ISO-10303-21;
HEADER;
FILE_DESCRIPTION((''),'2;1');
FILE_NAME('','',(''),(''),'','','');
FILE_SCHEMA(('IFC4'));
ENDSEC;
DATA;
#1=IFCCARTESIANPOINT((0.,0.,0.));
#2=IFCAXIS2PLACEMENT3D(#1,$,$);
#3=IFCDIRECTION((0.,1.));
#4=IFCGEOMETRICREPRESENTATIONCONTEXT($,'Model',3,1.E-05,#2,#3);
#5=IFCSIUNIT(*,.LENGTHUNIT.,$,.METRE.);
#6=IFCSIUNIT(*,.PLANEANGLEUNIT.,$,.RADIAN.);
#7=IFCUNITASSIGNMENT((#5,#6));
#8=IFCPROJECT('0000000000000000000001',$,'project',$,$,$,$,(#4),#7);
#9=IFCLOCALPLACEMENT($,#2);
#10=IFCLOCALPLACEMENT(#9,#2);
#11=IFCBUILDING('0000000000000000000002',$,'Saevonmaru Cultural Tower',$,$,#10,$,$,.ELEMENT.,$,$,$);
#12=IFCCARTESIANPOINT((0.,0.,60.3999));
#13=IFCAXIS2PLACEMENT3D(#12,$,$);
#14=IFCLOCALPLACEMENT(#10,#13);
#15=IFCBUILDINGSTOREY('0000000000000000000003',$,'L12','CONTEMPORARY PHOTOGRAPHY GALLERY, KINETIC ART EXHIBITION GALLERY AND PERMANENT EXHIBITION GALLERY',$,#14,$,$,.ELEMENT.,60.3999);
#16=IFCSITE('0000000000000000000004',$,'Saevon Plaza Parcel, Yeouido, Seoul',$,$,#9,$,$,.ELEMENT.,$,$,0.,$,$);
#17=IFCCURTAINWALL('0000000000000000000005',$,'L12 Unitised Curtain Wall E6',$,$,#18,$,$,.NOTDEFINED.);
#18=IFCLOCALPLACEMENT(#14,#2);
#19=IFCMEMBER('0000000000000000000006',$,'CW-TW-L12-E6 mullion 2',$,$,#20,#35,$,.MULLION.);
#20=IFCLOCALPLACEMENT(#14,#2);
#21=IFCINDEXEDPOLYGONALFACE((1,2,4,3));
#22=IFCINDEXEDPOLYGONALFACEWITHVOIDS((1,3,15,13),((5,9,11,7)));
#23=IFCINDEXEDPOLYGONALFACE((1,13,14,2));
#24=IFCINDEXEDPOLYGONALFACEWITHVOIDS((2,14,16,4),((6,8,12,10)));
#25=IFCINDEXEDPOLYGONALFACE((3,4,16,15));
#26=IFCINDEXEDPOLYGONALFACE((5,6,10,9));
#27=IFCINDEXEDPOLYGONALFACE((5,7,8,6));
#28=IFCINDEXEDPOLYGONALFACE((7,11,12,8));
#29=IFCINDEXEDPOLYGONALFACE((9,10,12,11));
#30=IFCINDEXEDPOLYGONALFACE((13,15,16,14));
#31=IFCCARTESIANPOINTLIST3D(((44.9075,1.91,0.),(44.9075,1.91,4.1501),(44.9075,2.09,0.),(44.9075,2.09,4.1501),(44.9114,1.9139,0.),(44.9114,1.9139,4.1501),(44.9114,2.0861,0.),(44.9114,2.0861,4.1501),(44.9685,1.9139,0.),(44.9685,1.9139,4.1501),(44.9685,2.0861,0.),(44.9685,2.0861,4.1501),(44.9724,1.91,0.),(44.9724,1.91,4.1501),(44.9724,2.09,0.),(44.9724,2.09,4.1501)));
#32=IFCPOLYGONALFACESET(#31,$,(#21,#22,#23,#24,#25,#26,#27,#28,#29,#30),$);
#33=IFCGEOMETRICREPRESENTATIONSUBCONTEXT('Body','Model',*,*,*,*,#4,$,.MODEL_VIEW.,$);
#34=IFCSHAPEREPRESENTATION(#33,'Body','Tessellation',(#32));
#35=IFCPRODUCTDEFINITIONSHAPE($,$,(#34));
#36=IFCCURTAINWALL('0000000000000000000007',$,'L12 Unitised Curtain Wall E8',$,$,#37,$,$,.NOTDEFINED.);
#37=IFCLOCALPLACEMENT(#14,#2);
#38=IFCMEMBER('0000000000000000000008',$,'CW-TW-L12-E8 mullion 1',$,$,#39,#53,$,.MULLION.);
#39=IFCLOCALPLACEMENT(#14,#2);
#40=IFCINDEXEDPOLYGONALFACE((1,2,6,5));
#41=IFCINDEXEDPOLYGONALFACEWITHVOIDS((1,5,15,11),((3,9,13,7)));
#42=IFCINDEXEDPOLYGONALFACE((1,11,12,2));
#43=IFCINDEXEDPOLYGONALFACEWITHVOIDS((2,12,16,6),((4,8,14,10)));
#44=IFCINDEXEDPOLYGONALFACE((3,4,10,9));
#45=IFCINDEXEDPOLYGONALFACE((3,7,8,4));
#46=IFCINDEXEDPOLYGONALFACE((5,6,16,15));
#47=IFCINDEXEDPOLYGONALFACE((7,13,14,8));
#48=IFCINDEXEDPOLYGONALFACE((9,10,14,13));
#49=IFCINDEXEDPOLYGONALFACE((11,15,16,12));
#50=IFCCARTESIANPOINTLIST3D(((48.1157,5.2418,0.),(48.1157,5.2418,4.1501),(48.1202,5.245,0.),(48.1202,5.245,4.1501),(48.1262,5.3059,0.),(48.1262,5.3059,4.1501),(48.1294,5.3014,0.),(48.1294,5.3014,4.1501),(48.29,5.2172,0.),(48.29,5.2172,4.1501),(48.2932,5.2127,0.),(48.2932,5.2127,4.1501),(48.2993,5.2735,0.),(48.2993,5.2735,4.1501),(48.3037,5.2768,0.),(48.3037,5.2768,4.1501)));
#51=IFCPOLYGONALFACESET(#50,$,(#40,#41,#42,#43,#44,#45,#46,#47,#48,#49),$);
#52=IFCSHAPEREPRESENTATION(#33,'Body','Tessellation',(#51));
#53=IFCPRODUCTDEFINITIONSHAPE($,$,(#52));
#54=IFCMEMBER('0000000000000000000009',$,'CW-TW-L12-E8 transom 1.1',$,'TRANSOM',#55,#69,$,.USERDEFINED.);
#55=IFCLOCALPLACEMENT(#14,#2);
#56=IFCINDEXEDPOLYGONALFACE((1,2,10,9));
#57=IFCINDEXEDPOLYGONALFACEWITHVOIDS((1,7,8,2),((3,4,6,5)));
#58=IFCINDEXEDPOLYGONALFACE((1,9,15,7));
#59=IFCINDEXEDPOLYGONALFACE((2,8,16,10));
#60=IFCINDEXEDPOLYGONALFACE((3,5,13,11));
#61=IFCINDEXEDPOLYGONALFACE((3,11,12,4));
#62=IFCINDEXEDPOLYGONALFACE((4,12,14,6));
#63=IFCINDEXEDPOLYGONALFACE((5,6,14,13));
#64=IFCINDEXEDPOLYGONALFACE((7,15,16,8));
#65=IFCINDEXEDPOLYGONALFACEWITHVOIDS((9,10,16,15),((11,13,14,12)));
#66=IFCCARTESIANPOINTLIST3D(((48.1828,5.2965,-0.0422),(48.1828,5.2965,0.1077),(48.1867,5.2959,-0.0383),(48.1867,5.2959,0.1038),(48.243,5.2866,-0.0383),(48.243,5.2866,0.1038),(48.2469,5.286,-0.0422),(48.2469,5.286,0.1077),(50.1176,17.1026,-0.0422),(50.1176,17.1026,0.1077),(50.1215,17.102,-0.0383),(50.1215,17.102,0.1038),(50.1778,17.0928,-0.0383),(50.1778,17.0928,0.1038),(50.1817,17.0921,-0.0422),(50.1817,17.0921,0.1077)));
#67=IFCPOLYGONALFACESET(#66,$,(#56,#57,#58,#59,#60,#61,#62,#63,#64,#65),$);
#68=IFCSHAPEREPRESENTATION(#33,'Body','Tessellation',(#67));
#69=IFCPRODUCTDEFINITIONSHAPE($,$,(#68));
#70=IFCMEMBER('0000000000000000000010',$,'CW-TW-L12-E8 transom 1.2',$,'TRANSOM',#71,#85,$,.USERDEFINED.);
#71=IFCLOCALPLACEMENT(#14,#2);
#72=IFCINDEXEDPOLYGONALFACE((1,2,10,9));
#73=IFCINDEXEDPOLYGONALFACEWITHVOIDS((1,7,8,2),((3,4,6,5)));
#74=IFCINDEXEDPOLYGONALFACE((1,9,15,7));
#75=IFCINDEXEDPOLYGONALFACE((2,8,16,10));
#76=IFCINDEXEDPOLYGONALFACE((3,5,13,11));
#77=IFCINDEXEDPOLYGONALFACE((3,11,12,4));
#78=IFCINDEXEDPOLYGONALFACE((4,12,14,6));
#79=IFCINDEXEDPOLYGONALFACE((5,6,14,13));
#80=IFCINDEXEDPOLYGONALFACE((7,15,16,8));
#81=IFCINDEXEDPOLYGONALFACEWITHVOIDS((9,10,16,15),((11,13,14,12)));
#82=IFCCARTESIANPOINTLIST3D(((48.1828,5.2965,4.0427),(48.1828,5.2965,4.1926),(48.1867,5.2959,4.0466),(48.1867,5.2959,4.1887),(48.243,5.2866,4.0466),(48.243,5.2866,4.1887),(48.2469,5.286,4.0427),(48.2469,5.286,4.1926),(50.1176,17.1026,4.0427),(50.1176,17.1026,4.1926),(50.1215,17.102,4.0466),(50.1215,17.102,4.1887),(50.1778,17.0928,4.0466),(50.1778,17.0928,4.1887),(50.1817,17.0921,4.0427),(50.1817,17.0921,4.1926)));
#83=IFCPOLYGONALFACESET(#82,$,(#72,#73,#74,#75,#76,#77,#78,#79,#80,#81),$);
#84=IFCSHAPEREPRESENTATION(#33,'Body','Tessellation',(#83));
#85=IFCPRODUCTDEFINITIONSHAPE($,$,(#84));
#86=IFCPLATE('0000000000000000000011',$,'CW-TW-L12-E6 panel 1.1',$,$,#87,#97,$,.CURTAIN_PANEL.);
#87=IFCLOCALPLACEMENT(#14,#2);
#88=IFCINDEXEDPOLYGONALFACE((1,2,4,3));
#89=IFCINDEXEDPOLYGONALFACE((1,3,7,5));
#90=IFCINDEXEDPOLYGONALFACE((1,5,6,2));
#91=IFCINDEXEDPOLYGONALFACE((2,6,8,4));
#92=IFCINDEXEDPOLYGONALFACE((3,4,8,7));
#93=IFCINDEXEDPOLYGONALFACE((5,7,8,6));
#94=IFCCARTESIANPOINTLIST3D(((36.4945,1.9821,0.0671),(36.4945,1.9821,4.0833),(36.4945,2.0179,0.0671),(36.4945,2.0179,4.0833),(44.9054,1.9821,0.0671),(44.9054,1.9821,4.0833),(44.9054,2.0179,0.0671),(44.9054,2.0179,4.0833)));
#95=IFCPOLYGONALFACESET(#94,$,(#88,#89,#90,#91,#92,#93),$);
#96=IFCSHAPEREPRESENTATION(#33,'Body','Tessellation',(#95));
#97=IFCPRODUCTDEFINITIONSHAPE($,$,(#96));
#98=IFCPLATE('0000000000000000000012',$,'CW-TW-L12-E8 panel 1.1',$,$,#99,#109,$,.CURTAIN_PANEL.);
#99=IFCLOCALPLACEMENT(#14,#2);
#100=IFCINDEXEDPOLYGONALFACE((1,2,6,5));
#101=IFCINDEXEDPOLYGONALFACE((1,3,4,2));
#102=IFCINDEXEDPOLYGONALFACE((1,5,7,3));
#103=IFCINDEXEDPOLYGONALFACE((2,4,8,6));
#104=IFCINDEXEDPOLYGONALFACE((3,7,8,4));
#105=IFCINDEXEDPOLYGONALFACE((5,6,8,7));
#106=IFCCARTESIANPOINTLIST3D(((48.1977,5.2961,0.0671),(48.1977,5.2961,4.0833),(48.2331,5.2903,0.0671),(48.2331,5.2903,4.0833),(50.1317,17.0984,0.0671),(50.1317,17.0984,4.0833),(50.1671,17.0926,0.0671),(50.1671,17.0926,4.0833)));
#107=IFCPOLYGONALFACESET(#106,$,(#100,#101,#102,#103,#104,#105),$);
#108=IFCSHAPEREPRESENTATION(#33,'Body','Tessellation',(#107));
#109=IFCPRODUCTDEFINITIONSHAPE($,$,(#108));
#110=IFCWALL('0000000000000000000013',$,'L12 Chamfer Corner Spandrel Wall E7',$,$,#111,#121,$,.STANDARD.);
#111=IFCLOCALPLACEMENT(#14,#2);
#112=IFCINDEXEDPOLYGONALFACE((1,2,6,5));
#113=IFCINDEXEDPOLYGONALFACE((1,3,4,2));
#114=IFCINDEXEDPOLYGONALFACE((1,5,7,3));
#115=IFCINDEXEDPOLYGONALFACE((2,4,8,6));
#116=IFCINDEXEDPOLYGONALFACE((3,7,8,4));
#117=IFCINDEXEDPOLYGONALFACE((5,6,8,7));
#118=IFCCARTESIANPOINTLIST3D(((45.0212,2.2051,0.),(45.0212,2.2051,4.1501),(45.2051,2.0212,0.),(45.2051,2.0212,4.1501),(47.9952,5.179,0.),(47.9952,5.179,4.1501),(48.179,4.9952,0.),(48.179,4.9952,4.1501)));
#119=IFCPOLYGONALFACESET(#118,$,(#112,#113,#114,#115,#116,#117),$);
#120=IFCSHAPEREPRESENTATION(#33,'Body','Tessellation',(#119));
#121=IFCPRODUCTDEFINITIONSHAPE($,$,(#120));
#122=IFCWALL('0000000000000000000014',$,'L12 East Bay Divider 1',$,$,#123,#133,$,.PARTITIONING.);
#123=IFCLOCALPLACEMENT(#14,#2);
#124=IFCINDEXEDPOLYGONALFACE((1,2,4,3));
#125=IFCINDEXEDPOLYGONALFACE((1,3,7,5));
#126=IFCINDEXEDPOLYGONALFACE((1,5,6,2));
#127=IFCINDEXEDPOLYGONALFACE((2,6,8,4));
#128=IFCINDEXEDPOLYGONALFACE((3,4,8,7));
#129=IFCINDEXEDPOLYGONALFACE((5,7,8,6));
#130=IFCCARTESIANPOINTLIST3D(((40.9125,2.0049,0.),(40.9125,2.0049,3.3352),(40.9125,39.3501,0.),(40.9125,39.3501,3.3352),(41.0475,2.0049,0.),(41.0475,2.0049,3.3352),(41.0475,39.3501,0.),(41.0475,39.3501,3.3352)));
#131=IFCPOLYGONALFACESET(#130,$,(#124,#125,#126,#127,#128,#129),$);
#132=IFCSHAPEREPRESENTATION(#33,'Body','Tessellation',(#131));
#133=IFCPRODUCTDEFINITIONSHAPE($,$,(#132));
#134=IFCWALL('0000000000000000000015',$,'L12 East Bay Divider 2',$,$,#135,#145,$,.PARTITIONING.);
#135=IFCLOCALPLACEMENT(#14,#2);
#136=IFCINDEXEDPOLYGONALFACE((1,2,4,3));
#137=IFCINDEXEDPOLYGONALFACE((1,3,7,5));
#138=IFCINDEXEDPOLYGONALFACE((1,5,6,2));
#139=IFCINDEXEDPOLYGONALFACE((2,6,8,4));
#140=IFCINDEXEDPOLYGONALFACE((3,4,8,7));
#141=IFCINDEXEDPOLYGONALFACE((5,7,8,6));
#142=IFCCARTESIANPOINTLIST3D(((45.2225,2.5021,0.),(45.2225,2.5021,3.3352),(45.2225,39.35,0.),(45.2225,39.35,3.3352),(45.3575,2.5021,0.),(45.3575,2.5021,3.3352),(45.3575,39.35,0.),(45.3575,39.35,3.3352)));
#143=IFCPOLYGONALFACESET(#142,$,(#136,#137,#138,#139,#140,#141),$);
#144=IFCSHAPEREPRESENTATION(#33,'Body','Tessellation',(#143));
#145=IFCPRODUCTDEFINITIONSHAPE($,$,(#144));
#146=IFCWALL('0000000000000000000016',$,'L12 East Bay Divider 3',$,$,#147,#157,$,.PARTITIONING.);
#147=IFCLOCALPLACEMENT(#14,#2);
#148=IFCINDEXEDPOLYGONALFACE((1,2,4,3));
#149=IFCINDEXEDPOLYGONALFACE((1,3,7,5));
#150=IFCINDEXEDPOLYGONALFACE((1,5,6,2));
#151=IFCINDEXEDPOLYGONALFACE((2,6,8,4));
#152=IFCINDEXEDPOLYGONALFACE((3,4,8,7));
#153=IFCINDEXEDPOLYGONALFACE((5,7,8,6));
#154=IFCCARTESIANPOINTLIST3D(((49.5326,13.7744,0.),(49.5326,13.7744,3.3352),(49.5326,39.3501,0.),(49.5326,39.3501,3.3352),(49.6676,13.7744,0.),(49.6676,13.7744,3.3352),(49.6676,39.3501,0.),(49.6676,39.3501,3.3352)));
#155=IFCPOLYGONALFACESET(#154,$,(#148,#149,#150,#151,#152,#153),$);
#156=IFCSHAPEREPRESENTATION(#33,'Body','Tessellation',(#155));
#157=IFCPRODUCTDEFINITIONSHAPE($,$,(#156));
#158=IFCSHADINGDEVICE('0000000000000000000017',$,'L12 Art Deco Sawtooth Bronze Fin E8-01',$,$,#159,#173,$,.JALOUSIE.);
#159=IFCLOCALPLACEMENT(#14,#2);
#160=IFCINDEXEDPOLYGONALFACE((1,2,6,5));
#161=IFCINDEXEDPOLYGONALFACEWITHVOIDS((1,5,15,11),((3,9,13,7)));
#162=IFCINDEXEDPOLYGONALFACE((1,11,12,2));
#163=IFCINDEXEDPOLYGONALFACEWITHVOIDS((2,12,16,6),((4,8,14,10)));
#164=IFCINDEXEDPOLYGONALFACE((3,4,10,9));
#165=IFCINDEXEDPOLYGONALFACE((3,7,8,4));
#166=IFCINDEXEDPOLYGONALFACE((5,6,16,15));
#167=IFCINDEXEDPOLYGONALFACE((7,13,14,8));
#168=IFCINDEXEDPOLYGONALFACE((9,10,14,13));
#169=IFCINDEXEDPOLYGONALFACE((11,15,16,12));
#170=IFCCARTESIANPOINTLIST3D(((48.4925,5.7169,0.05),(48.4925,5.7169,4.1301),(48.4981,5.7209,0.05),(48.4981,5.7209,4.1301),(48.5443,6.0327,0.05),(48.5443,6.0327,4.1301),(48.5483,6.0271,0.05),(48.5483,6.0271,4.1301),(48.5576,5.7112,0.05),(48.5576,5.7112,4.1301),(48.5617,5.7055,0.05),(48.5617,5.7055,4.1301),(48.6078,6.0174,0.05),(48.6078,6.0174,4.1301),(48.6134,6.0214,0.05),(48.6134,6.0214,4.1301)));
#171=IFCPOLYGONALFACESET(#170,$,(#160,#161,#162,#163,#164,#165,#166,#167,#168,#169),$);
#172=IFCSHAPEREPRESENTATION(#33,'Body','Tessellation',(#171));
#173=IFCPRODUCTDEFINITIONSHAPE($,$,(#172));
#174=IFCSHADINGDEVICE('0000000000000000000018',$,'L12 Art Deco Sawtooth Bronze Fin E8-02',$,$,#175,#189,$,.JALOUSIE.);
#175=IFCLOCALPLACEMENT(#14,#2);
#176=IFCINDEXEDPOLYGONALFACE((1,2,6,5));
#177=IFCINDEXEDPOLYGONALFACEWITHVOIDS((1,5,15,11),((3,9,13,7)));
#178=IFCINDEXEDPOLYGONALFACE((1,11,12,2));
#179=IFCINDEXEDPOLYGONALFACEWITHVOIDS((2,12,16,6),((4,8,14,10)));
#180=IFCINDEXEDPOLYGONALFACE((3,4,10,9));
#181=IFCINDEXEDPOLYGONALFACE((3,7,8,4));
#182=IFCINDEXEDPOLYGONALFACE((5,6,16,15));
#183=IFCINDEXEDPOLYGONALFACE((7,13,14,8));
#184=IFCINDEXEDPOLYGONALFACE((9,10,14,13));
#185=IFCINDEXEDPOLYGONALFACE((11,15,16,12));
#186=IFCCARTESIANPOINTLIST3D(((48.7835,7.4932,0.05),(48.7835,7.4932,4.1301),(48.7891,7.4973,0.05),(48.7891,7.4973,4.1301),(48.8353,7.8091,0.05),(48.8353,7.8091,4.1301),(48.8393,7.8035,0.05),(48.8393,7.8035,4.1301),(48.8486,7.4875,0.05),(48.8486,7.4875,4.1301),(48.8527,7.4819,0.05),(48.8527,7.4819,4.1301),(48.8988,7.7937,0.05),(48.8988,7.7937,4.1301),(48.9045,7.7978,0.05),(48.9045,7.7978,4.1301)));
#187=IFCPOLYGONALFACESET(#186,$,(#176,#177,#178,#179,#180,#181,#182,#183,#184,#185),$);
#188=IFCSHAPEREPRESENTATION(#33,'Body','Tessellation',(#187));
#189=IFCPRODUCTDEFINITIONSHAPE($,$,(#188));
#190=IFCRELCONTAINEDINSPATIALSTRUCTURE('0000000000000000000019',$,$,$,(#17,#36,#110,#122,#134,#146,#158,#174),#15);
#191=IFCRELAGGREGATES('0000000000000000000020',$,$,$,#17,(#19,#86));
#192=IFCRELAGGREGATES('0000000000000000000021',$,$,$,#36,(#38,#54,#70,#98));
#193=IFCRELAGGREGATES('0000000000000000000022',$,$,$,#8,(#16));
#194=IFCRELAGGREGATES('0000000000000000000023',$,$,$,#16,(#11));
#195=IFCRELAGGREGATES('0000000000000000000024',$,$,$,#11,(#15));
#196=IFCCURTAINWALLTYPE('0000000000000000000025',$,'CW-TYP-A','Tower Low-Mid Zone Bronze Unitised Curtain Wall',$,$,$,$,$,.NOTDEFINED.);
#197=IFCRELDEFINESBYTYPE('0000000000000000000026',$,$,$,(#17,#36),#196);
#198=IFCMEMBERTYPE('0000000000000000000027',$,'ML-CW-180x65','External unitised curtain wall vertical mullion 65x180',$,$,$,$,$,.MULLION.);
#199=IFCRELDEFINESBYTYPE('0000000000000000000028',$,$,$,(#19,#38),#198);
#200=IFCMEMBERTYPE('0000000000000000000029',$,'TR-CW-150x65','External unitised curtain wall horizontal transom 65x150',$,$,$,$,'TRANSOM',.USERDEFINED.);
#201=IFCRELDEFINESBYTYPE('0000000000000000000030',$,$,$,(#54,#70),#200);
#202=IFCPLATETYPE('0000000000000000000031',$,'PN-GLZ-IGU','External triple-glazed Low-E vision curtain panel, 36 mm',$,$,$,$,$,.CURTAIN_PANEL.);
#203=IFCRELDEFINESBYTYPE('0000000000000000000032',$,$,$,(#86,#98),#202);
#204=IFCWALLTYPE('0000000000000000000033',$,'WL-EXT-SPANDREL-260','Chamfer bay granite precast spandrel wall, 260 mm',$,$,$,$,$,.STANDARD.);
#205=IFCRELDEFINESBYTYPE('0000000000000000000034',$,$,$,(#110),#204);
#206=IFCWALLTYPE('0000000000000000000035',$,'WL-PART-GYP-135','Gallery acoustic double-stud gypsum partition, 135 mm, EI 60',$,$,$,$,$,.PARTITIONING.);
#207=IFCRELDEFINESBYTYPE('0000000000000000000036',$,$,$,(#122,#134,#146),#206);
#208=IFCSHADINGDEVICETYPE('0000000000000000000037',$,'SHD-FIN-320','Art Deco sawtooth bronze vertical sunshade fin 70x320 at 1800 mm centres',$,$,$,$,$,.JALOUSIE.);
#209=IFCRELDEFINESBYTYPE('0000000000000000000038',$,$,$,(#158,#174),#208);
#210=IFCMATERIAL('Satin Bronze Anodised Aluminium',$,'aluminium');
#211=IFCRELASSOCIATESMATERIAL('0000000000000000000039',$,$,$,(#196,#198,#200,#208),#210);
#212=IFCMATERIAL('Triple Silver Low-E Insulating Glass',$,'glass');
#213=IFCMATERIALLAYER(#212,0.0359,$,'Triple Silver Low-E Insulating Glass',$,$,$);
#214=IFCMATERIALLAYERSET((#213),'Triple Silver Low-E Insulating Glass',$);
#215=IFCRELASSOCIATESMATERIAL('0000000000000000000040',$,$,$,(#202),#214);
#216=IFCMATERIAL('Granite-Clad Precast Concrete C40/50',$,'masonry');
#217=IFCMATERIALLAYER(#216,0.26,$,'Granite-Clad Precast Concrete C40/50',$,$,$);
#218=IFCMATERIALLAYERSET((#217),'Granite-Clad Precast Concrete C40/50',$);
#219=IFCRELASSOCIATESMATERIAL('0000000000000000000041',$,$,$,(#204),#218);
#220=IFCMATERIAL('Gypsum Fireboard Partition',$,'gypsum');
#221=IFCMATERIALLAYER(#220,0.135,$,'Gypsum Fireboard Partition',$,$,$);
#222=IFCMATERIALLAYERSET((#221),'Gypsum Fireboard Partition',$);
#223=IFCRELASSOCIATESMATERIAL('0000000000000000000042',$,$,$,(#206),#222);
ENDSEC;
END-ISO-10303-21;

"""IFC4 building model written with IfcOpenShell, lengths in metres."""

from ifc_helpers import new_model, si_unit, direction, frame, frame_2d, origin, origin_2d, place, context, subcontext, project, spatial, rectangle, hollow_rectangle, extrude, material, layer, layer_set, material_profile, profile_set, type_object, element, aggregate, save


model = new_model("IFC4")

# Units and contexts
model_context = context("Model", 3, precision=1e-05, world=origin(), true_north=direction((0.0, 1.0)))
body_context = subcontext(model_context, "Body", "Model", "MODEL_VIEW")
ifc_project = project(units=[si_unit("LENGTHUNIT", "METRE"), si_unit("PLANEANGLEUNIT", "RADIAN")], contexts=[model_context])

# Site, building, storey
site_placement = place(None, origin())
site = spatial("IfcSite", under=ifc_project, at=site_placement, Name="Saevon Plaza Parcel, Yeouido, Seoul", CompositionType="ELEMENT", RefElevation=0.0)
building_placement = place(site_placement, origin())
building = spatial("IfcBuilding", under=site, at=building_placement, Name="Saevonmaru Cultural Tower", CompositionType="ELEMENT")
storey_placement = place(building_placement, frame((0.0, 0.0, 60.3999)))
storey = spatial("IfcBuildingStorey", under=building, at=storey_placement, Name="L12", Description="CONTEMPORARY PHOTOGRAPHY GALLERY, KINETIC ART EXHIBITION GALLERY AND PERMANENT EXHIBITION GALLERY", CompositionType="ELEMENT", Elevation=60.3999)

# Curtain wall, member
ifc_material_1 = material(Name="Satin Bronze Anodised Aluminium", Category="aluminium")
curtain_wall_type = type_object("IfcCurtainWallType", Name="CW-TYP-A", Description="Tower Low-Mid Zone Bronze Unitised Curtain Wall", PredefinedType="NOTDEFINED", material=ifc_material_1)
curtain_wall_1_placement = place(storey_placement, origin())
curtain_wall_1 = element("IfcCurtainWall", 1, at=curtain_wall_1_placement, inside=storey, type_object=curtain_wall_type, Name="L12 Unitised Curtain Wall E6", PredefinedType="NOTDEFINED")
ifc_material_profile_1 = material_profile(ifc_material_1, hollow_rectangle(XDim=0.0649, YDim=0.1799, WallThickness=0.0039, at=origin_2d()), Name="ALU-MULL-180x65x4")
ifc_profile_set_1 = profile_set([ifc_material_profile_1], Name="Satin Bronze Anodised Aluminium")
member_type_1 = type_object("IfcMemberType", Name="ML-CW-180x65", Description="External unitised curtain wall vertical mullion 65x180", PredefinedType="MULLION", material=ifc_profile_set_1)
member_1_placement = place(storey_placement, frame((44.9399, 2.0, 0.0), z_axis=(0.0, 0.0, 1.0), x_axis=(1.0, 0.0, 0.0)))
member_1 = element("IfcMember", 2, at=member_1_placement, type_object=member_type_1, Name="CW-TW-L12-E6 mullion 2", PredefinedType="MULLION", context=body_context, shape_type="SweptSolid", body=[
    extrude(hollow_rectangle(XDim=0.0649, YDim=0.1799, WallThickness=0.0039, at=origin_2d()), origin(), (0.0, 0.0, 1.0), 4.1501),
])

# Curtain wall, members
curtain_wall_2_placement = place(storey_placement, origin())
curtain_wall_2 = element("IfcCurtainWall", 3, at=curtain_wall_2_placement, inside=storey, type_object=curtain_wall_type, Name="L12 Unitised Curtain Wall E8", PredefinedType="NOTDEFINED")
member_2_placement = place(storey_placement, frame((48.2097, 5.2593, 0.0), z_axis=(0.0, 0.0, 1.0), x_axis=(0.161709, 0.986839, 0.0)))
member_2 = element("IfcMember", 4, at=member_2_placement, type_object=member_type_1, Name="CW-TW-L12-E8 mullion 1", PredefinedType="MULLION", context=body_context, shape_type="SweptSolid", body=[
    extrude(hollow_rectangle(XDim=0.0649, YDim=0.1799, WallThickness=0.0039, at=origin_2d()), origin(), (0.0, 0.0, 1.0), 4.1501),
])
ifc_material_profile_2 = material_profile(ifc_material_1, hollow_rectangle(XDim=0.0649, YDim=0.1499, WallThickness=0.0039, at=origin_2d()), Name="ALU-TRAN-150x65x4")
ifc_profile_set_2 = profile_set([ifc_material_profile_2], Name="Satin Bronze Anodised Aluminium")
member_type_2 = type_object("IfcMemberType", Name="TR-CW-150x65", Description="External unitised curtain wall horizontal transom 65x150", ElementType="TRANSOM", PredefinedType="USERDEFINED", material=ifc_profile_set_2)
member_3_placement = place(storey_placement, frame((48.2148, 5.2913, 0.0327), z_axis=(0.161725, 0.986836, 0.0), x_axis=(-0.986836, 0.161725, 0.0)))
member_3 = element("IfcMember", 5, at=member_3_placement, type_object=member_type_2, Name="CW-TW-L12-E8 transom 1.1", ObjectType="TRANSOM", PredefinedType="USERDEFINED", context=body_context, shape_type="SweptSolid", body=[
    extrude(hollow_rectangle(XDim=0.0649, YDim=0.1499, WallThickness=0.0039, at=origin_2d()), origin(), (0.0, 0.0, 1.0), 11.9636),
])
member_4_placement = place(storey_placement, frame((48.2148, 5.2913, 4.1177), z_axis=(0.161725, 0.986836, 0.0), x_axis=(-0.986836, 0.161725, 0.0)))
member_4 = element("IfcMember", 6, at=member_4_placement, type_object=member_type_2, Name="CW-TW-L12-E8 transom 1.2", ObjectType="TRANSOM", PredefinedType="USERDEFINED", context=body_context, shape_type="SweptSolid", body=[
    extrude(hollow_rectangle(XDim=0.0649, YDim=0.1499, WallThickness=0.0039, at=origin_2d()), origin(), (0.0, 0.0, 1.0), 11.9636),
])

# Plates
ifc_material_2 = material(Name="Triple Silver Low-E Insulating Glass", Category="glass")
ifc_layer_1 = layer(ifc_material_2, 0.0359, Name="Triple Silver Low-E Insulating Glass")
ifc_layer_set_1 = layer_set([ifc_layer_1], Name="Triple Silver Low-E Insulating Glass")
plate_type = type_object("IfcPlateType", Name="PN-GLZ-IGU", Description="External triple-glazed Low-E vision curtain panel, 36 mm", PredefinedType="CURTAIN_PANEL", material=ifc_layer_set_1)
plate_1_placement = place(storey_placement, frame((40.7, 2.0, 0.0671), z_axis=(0.0, 0.0, 1.0), x_axis=(1.0, 0.0, 0.0)))
plate_1 = element("IfcPlate", 7, at=plate_1_placement, type_object=plate_type, Name="CW-TW-L12-E6 panel 1.1", PredefinedType="CURTAIN_PANEL", context=body_context, shape_type="SweptSolid", body=[
    extrude(rectangle(XDim=8.4109, YDim=0.0359, at=origin_2d()), origin(), (0.0, 0.0, 1.0), 4.0161),
])
aggregate(curtain_wall_1, [member_1, plate_1])
plate_2_placement = place(storey_placement, frame((49.1824, 11.1943, 0.0671), z_axis=(0.0, 0.0, 1.0), x_axis=(0.161709, 0.986839, 0.0)))
plate_2 = element("IfcPlate", 8, at=plate_2_placement, type_object=plate_type, Name="CW-TW-L12-E8 panel 1.1", PredefinedType="CURTAIN_PANEL", context=body_context, shape_type="SweptSolid", body=[
    extrude(rectangle(XDim=11.9597, YDim=0.0359, at=origin_2d()), origin(), (0.0, 0.0, 1.0), 4.0161),
])
aggregate(curtain_wall_2, [member_2, member_3, member_4, plate_2])

# Walls
ifc_material_3 = material(Name="Granite-Clad Precast Concrete C40/50", Category="masonry")
ifc_layer_2 = layer(ifc_material_3, 0.26, Name="Granite-Clad Precast Concrete C40/50")
ifc_layer_set_2 = layer_set([ifc_layer_2], Name="Granite-Clad Precast Concrete C40/50")
wall_type_1 = type_object("IfcWallType", Name="WL-EXT-SPANDREL-260", Description="Chamfer bay granite precast spandrel wall, 260 mm", PredefinedType="STANDARD", material=ifc_layer_set_2)
wall_1_placement = place(storey_placement, frame((45.113, 2.113, 0.0), z_axis=(0.0, 0.0, 1.0), x_axis=(0.707107, 0.707107, 0.0)))
element("IfcWall", 9, at=wall_1_placement, inside=storey, type_object=wall_type_1, Name="L12 Chamfer Corner Spandrel Wall E7", PredefinedType="STANDARD", context=body_context, shape_type="SweptSolid", body=[
    extrude(rectangle(XDim=4.2058, YDim=0.26, at=frame_2d((2.103, 0.0))), origin(), (0.0, 0.0, 1.0), 4.1501),
])
ifc_material_4 = material(Name="Gypsum Fireboard Partition", Category="gypsum")
ifc_layer_3 = layer(ifc_material_4, 0.135, Name="Gypsum Fireboard Partition")
ifc_layer_set_3 = layer_set([ifc_layer_3], Name="Gypsum Fireboard Partition")
wall_type_2 = type_object("IfcWallType", Name="WL-PART-GYP-135", Description="Gallery acoustic double-stud gypsum partition, 135 mm, EI 60", PredefinedType="PARTITIONING", material=ifc_layer_set_3)
wall_2_placement = place(storey_placement, frame((40.98, 2.0049, 0.0), z_axis=(0.0, 0.0, 1.0), x_axis=(0.0, 1.0, 0.0)))
element("IfcWall", 10, at=wall_2_placement, inside=storey, type_object=wall_type_2, Name="L12 East Bay Divider 1", PredefinedType="PARTITIONING", context=body_context, shape_type="SweptSolid", body=[
    extrude(rectangle(XDim=37.3452, YDim=0.135, at=frame_2d((18.6726, 0.0))), origin(), (0.0, 0.0, 1.0), 3.3352),
])
wall_3_placement = place(storey_placement, frame((45.29, 2.5022, 0.0), z_axis=(0.0, 0.0, 1.0), x_axis=(0.0, 1.0, 0.0)))
element("IfcWall", 11, at=wall_3_placement, inside=storey, type_object=wall_type_2, Name="L12 East Bay Divider 2", PredefinedType="PARTITIONING", context=body_context, shape_type="SweptSolid", body=[
    extrude(rectangle(XDim=36.8479, YDim=0.135, at=frame_2d((18.4238, 0.0))), origin(), (0.0, 0.0, 1.0), 3.3352),
])
wall_4_placement = place(storey_placement, frame((49.6001, 13.7744, 0.0), z_axis=(0.0, 0.0, 1.0), x_axis=(0.0, 1.0, 0.0)))
element("IfcWall", 12, at=wall_4_placement, inside=storey, type_object=wall_type_2, Name="L12 East Bay Divider 3", PredefinedType="PARTITIONING", context=body_context, shape_type="SweptSolid", body=[
    extrude(rectangle(XDim=25.5757, YDim=0.135, at=frame_2d((12.7878, 0.0))), origin(), (0.0, 0.0, 1.0), 3.3352),
])

# Shading devices
ifc_material_profile_3 = material_profile(ifc_material_1, hollow_rectangle(XDim=0.0701, YDim=0.3201, WallThickness=0.0049, at=origin_2d()), Name="FIN-320x70")
ifc_profile_set_3 = profile_set([ifc_material_profile_3], Name="Satin Bronze Anodised Aluminium")
shading_device_type = type_object("IfcShadingDeviceType", Name="SHD-FIN-320", Description="Art Deco sawtooth bronze vertical sunshade fin 70x320 at 1800 mm centres", PredefinedType="JALOUSIE", material=ifc_profile_set_3)
for number, where, z_axis, x_axis, name in (
    (13, (48.553, 5.8691, 0.05), (0.0, 0.0, 1.0), (0.986827, -0.161776, 0.0), "L12 Art Deco Sawtooth Bronze Fin E8-01"),
    (14, (48.844, 7.6455, 0.05), (0.0, 0.0, 1.0), (0.986827, -0.161776, 0.0), "L12 Art Deco Sawtooth Bronze Fin E8-02"),
):
    element("IfcShadingDevice", number, at=place(storey_placement, frame(where, z_axis=z_axis, x_axis=x_axis)), inside=storey, type_object=shading_device_type, Name=name, PredefinedType="JALOUSIE", context=body_context, shape_type="SweptSolid", body=[
        extrude(hollow_rectangle(XDim=0.0701, YDim=0.3201, WallThickness=0.0049, at=origin_2d()), origin(), (0.0, 0.0, 1.0), 4.0801),
    ])

save(model, "model.ifc")
